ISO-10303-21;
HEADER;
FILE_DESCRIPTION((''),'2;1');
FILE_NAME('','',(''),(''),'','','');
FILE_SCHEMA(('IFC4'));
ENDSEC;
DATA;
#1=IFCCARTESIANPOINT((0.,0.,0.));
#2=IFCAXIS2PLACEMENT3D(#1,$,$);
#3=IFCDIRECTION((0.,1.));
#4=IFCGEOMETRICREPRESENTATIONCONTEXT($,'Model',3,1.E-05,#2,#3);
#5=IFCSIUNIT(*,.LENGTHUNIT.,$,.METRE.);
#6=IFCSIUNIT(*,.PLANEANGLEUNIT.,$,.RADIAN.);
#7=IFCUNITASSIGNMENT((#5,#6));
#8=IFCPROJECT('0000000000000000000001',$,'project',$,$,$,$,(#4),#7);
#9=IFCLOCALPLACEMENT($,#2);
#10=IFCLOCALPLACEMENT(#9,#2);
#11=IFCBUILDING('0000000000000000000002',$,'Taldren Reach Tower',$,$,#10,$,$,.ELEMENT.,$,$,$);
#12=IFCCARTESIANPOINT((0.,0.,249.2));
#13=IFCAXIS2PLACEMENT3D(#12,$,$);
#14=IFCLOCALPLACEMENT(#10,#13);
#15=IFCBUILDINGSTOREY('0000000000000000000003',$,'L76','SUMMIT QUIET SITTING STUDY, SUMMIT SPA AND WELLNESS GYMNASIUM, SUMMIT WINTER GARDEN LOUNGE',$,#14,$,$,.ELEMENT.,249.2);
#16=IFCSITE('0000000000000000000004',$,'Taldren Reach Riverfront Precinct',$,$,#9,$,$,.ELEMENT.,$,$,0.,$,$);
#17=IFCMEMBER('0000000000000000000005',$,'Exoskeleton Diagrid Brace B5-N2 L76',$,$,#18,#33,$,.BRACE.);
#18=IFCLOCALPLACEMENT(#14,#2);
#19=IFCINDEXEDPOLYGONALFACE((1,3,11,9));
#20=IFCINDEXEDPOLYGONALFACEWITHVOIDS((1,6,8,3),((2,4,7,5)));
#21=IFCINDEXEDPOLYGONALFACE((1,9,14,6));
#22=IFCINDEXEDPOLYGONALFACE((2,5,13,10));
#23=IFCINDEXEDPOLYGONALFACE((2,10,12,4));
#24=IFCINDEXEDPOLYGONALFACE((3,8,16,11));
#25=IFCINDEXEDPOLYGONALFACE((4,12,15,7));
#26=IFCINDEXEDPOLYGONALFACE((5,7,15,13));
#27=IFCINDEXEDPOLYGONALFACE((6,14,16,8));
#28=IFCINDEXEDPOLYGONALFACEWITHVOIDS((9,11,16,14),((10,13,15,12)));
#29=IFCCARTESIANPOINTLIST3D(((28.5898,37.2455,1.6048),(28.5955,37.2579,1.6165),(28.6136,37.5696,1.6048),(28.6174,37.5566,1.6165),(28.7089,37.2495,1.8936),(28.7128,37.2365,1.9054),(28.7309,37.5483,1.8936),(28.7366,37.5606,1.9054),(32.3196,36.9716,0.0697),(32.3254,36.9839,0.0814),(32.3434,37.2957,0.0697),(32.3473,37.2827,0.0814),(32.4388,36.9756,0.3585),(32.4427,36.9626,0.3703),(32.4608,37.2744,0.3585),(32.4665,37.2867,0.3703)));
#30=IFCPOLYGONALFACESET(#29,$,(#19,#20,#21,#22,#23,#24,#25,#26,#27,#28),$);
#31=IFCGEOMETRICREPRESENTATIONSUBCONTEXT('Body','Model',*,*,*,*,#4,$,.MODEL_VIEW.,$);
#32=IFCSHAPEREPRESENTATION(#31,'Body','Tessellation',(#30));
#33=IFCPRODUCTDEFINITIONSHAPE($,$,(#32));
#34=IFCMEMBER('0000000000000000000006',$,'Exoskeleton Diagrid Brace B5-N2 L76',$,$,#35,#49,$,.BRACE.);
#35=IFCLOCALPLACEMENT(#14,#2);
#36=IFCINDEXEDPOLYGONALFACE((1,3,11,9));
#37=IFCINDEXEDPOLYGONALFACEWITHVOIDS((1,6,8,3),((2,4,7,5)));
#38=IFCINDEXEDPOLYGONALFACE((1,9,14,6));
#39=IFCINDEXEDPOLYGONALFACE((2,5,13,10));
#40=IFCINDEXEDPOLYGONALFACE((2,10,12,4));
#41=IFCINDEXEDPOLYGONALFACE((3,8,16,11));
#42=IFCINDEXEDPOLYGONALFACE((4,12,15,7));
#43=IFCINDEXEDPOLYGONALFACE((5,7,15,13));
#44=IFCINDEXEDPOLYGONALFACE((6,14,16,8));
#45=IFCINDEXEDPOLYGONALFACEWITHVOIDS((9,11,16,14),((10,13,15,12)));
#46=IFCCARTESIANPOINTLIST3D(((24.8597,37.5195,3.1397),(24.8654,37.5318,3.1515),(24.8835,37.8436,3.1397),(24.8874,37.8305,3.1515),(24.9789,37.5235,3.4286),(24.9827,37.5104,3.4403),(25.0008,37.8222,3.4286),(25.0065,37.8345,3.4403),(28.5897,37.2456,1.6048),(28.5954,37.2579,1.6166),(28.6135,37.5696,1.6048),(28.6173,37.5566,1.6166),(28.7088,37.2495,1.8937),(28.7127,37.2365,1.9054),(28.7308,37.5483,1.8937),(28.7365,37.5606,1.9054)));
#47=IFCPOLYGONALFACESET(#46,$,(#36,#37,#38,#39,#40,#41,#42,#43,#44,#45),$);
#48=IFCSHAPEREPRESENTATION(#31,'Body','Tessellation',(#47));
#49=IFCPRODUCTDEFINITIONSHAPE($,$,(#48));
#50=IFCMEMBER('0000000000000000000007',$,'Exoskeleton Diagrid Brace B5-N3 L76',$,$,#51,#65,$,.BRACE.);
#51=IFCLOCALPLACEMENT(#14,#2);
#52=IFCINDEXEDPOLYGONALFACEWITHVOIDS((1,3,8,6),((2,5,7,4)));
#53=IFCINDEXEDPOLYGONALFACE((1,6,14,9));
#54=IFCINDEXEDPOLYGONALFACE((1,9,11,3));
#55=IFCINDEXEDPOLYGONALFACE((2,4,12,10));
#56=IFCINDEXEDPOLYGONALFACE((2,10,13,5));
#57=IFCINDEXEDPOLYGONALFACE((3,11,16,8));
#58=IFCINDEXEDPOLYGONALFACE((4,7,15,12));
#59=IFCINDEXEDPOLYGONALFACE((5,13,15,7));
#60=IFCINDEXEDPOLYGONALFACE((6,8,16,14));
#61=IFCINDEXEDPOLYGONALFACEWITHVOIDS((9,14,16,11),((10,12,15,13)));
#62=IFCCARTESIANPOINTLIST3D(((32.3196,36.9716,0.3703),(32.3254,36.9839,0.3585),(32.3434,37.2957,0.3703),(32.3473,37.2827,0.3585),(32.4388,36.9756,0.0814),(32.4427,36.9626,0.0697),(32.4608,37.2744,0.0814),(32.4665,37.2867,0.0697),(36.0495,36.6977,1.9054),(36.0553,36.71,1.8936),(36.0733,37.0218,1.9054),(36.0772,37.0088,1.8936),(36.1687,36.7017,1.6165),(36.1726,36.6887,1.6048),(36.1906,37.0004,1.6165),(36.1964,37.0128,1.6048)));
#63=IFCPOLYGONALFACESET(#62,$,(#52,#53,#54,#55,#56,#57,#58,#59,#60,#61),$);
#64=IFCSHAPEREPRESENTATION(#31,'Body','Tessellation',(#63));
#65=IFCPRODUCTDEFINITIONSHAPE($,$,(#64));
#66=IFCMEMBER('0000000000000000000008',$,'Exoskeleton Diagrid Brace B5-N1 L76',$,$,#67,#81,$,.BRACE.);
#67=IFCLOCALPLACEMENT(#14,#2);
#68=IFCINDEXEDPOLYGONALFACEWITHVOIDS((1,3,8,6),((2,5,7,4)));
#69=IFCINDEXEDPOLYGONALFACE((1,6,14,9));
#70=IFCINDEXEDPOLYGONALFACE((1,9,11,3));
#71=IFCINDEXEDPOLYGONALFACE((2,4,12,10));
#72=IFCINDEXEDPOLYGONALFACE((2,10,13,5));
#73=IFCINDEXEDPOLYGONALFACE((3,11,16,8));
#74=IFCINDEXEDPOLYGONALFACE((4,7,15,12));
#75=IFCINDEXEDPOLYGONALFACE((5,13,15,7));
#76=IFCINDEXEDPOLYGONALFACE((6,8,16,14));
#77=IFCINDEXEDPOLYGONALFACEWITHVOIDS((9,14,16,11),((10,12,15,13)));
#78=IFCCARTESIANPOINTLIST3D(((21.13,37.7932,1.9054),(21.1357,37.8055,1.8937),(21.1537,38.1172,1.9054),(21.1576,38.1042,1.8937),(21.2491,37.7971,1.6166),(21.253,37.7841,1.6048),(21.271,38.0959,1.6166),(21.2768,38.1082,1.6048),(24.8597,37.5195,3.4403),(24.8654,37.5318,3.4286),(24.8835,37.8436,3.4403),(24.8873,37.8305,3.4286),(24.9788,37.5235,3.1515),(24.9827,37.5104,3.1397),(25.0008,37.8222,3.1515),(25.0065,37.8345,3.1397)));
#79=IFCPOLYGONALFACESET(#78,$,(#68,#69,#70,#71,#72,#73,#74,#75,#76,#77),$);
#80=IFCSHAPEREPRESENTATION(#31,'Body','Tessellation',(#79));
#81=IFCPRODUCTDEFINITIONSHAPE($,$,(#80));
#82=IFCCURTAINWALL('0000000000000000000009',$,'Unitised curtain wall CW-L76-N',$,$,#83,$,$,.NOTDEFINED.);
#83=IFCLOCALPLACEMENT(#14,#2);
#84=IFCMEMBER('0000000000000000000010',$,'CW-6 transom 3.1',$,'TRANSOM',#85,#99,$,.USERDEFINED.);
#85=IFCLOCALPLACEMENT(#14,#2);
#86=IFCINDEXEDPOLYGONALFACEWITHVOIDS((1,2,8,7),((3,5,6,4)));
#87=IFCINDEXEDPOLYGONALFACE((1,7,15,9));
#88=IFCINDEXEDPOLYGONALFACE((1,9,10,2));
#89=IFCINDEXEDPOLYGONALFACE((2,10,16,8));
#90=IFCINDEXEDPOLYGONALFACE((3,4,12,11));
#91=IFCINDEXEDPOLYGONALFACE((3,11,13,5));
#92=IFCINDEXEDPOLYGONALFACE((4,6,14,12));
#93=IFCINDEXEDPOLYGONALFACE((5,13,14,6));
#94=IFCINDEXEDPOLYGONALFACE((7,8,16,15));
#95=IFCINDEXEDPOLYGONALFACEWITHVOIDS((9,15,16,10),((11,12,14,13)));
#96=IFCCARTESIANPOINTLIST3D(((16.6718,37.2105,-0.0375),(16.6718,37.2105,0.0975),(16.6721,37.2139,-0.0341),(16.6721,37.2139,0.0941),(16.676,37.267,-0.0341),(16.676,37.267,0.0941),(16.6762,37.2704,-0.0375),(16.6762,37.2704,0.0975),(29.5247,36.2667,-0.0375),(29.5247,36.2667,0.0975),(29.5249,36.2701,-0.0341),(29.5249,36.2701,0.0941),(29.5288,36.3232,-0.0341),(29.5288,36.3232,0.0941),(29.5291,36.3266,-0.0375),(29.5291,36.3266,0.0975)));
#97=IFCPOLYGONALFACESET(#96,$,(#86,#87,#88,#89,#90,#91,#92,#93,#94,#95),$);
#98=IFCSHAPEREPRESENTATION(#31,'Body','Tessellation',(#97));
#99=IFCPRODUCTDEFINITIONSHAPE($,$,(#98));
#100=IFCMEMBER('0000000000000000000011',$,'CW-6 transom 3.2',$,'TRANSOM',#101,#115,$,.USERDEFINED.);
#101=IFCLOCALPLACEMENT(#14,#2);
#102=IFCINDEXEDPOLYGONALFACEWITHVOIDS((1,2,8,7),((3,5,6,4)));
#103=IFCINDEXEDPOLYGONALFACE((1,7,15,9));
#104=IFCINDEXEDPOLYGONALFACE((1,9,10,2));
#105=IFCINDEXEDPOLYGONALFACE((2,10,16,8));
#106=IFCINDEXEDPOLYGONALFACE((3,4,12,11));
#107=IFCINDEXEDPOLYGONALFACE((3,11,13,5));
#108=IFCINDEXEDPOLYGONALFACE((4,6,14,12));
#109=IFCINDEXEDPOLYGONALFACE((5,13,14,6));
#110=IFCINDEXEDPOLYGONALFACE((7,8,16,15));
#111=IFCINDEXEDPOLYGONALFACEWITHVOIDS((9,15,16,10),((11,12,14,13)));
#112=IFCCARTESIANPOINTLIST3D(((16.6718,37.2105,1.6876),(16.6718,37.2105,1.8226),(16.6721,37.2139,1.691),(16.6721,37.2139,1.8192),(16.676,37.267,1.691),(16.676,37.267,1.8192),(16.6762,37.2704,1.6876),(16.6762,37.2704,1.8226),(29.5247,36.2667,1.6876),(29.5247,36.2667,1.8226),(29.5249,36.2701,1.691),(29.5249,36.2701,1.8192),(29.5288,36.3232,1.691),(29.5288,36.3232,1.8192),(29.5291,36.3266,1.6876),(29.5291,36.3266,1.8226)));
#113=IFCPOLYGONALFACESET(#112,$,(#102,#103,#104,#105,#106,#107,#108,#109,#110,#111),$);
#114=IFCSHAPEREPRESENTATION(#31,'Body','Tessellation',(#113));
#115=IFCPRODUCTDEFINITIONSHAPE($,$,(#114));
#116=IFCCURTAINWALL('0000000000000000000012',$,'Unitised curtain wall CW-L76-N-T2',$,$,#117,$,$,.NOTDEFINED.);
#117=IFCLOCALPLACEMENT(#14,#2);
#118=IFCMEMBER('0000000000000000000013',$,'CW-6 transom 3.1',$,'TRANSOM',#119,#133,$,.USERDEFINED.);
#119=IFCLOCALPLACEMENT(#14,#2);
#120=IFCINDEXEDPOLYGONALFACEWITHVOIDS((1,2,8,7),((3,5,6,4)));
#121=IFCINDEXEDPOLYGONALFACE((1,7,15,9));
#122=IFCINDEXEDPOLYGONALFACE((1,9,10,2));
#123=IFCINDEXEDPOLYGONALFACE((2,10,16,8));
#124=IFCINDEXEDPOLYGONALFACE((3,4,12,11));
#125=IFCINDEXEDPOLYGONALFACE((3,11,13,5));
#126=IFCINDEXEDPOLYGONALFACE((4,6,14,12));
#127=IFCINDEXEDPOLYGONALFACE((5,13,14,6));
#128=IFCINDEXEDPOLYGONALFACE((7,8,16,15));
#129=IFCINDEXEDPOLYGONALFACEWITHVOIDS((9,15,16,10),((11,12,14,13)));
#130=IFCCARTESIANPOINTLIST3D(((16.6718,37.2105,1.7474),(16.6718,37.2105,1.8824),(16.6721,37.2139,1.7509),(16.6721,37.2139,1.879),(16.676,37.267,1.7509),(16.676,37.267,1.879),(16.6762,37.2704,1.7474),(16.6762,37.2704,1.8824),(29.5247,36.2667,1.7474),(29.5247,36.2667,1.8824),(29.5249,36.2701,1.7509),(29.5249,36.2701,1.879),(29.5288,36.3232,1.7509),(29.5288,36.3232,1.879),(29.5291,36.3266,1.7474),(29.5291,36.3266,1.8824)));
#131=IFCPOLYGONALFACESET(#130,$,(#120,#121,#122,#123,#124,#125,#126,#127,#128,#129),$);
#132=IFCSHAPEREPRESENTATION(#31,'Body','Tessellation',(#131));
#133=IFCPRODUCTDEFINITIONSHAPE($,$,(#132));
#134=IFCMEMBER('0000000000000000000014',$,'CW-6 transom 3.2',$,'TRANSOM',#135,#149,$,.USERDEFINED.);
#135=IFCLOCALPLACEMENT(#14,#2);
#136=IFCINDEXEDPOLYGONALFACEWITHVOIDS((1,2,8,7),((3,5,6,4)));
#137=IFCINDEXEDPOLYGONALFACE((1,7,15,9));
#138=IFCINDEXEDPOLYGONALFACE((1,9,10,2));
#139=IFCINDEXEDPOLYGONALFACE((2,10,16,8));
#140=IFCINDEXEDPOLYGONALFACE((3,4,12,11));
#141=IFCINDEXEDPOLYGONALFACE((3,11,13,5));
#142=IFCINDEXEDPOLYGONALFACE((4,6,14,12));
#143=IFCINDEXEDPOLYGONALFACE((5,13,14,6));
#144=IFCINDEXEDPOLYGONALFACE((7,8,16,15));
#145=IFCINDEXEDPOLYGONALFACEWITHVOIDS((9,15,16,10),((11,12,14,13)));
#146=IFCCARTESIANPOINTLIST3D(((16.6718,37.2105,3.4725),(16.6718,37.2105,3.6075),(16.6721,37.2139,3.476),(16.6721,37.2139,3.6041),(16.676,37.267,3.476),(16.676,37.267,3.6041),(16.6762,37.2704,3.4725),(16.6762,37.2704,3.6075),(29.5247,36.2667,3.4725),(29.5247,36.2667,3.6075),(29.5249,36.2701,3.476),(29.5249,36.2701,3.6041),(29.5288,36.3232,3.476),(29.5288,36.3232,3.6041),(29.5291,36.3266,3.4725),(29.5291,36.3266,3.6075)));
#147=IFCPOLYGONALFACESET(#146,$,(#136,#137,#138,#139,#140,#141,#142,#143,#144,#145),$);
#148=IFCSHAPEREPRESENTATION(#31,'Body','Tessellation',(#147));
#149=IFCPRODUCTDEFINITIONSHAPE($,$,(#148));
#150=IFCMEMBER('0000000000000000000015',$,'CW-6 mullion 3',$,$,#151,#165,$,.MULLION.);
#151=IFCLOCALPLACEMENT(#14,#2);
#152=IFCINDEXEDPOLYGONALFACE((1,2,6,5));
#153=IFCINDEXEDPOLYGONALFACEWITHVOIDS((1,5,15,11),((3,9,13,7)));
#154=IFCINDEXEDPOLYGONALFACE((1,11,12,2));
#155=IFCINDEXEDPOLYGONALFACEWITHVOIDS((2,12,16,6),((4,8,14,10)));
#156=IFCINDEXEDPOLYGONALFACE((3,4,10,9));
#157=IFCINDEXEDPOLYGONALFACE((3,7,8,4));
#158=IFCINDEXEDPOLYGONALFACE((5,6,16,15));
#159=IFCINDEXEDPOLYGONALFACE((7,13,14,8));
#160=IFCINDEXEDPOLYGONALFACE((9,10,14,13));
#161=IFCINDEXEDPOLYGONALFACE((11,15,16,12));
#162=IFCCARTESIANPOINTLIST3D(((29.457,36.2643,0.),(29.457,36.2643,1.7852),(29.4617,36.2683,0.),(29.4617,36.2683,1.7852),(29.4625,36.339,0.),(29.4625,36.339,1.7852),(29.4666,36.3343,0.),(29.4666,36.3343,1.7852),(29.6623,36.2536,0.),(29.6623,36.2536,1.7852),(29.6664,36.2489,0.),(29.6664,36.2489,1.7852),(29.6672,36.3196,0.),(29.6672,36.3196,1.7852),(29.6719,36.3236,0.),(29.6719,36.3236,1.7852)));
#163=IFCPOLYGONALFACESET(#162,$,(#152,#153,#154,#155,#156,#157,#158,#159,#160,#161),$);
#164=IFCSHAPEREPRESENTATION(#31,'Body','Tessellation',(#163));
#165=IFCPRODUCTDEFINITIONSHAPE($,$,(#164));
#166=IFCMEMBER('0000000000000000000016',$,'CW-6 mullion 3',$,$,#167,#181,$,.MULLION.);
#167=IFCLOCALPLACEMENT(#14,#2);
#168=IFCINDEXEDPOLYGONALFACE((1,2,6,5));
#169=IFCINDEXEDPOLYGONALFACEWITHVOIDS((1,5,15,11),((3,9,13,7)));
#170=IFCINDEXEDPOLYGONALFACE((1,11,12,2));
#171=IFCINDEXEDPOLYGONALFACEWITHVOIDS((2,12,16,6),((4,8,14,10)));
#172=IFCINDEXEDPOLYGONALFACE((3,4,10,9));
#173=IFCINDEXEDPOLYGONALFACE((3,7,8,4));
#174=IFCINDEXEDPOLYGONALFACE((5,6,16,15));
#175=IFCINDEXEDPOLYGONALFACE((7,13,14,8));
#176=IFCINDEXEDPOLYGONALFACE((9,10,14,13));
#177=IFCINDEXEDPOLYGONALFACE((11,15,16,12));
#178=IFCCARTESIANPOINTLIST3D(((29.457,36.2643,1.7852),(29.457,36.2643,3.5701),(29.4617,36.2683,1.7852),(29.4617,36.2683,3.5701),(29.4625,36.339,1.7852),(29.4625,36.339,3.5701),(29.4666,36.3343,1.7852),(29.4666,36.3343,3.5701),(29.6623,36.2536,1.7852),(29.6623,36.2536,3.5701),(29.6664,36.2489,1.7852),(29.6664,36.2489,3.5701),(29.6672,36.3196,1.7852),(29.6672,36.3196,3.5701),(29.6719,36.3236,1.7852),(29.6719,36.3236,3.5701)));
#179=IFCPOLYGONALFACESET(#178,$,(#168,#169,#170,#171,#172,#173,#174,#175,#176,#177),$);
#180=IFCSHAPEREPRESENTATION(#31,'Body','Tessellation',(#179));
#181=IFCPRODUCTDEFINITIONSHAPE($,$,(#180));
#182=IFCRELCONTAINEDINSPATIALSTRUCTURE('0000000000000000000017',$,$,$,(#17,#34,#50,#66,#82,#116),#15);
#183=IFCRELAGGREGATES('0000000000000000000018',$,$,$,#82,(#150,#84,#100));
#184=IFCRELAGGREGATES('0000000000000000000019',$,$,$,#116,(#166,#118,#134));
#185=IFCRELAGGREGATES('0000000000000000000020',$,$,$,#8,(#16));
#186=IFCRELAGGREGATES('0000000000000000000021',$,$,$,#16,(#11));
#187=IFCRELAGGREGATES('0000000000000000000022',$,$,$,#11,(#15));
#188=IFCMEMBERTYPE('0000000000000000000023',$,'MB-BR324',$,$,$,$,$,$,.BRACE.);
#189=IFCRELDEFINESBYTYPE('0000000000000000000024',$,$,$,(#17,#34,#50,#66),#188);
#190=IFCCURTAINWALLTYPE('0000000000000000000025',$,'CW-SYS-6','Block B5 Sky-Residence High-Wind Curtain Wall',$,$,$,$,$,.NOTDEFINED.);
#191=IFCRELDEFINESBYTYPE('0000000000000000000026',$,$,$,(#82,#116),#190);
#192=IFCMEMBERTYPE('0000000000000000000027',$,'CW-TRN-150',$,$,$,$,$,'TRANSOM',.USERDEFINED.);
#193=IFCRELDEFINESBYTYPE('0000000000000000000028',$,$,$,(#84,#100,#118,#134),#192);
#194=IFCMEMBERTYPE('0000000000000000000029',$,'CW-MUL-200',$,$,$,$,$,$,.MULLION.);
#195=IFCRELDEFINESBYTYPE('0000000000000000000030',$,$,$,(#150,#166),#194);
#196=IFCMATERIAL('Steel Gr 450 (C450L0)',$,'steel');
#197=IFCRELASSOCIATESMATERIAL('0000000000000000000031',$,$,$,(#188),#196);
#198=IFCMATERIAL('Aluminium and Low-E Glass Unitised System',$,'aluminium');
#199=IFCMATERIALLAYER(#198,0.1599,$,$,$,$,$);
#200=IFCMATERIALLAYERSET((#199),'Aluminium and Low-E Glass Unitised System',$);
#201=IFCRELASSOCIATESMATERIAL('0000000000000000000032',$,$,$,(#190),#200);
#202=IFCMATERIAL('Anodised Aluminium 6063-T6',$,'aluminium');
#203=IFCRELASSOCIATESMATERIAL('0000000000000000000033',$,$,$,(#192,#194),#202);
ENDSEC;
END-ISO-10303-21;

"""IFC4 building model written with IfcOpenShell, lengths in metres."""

from ifc_helpers import new_model, si_unit, direction, frame, origin, origin_2d, place, context, subcontext, project, spatial, hollow_rectangle, extrude, source, transform, mapped, material, layer, layer_set, material_profile, profile_set, type_object, element, aggregate, save


model = new_model("IFC4")

# Units and contexts
model_context = context("Model", 3, precision=1e-05, world=origin(), true_north=direction((0.0, 1.0)))
body_context = subcontext(model_context, "Body", "Model", "MODEL_VIEW")
ifc_project = project(units=[si_unit("LENGTHUNIT", "METRE"), si_unit("PLANEANGLEUNIT", "RADIAN")], contexts=[model_context])

# Site, building, storey
site_placement = place(None, origin())
site = spatial("IfcSite", under=ifc_project, at=site_placement, Name="Taldren Reach Riverfront Precinct", CompositionType="ELEMENT", RefElevation=0.0)
building_placement = place(site_placement, origin())
building = spatial("IfcBuilding", under=site, at=building_placement, Name="Taldren Reach Tower", CompositionType="ELEMENT")
storey_placement = place(building_placement, frame((0.0, 0.0, 249.2)))
storey = spatial("IfcBuildingStorey", under=building, at=storey_placement, Name="L76", Description="SUMMIT QUIET SITTING STUDY, SUMMIT SPA AND WELLNESS GYMNASIUM, SUMMIT WINTER GARDEN LOUNGE", CompositionType="ELEMENT", Elevation=249.2)

# Shared definitions
ifc_material_1 = material(Name="Steel Gr 450 (C450L0)", Category="steel")

# Members
ifc_material_profile_1 = material_profile(ifc_material_1, hollow_rectangle(XDim=0.325, YDim=0.325, WallThickness=0.0127, at=origin_2d()), Name="325x325x12.7SHS")
ifc_profile_set_1 = profile_set([ifc_material_profile_1], Name="Steel Gr 450 (C450L0)")
member_type_1 = type_object("IfcMemberType", Name="MB-BR324", PredefinedType="BRACE", material=ifc_profile_set_1)
shared_shape_1 = source(origin(), body_context, "Body", "SweptSolid", [
    extrude(hollow_rectangle(XDim=0.325, YDim=0.325, WallThickness=0.0127, at=origin_2d()), origin(), (0.0, 0.0, 1.0), 4.0427),
])
for number, where, z_axis, x_axis, name in (
    (1, (32.3931, 37.1292, 0.22), (-0.922616, 0.067756, 0.379723), (-0.073242, -0.997314, 0.0), "Exoskeleton Diagrid Brace B5-N2 L76"),
    (2, (28.6631, 37.4031, 1.7551), (-0.922637, 0.067757, 0.379671), (-0.073242, -0.997314, 0.0), "Exoskeleton Diagrid Brace B5-N2 L76"),
    (3, (32.3931, 37.1292, 0.22), (0.922616, -0.067756, 0.379723), (0.073242, 0.997314, 0.0), "Exoskeleton Diagrid Brace B5-N3 L76"),
):
    element("IfcMember", number, at=place(storey_placement, frame(where, z_axis=z_axis, x_axis=x_axis)), inside=storey, type_object=member_type_1, Name=name, PredefinedType="BRACE", context=body_context, shape_type="MappedRepresentation", body=[
        mapped(shared_shape_1, transform((0.0, 0.0, 0.0), scale=1.0)),
    ])
shared_shape_2 = source(origin(), body_context, "Body", "SweptSolid", [
    extrude(hollow_rectangle(XDim=0.325, YDim=0.325, WallThickness=0.0127, at=origin_2d()), origin(), (0.0, 0.0, 1.0), 4.0425),
])
member_1_placement = place(storey_placement, frame((21.2034, 37.9507, 1.7551), z_axis=(0.922632, -0.067701, 0.379694), x_axis=(0.073182, 0.997319, 0.0)))
element("IfcMember", 4, at=member_1_placement, inside=storey, type_object=member_type_1, Name="Exoskeleton Diagrid Brace B5-N1 L76", PredefinedType="BRACE", context=body_context, shape_type="MappedRepresentation", body=[
    mapped(shared_shape_2, transform((0.0, 0.0, 0.0), scale=1.0)),
])

# Curtain walls, members
ifc_material_2 = material(Name="Aluminium and Low-E Glass Unitised System", Category="aluminium")
ifc_layer_1 = layer(ifc_material_2, 0.1599)
ifc_layer_set_1 = layer_set([ifc_layer_1], Name="Aluminium and Low-E Glass Unitised System")
curtain_wall_type = type_object("IfcCurtainWallType", Name="CW-SYS-6", Description="Block B5 Sky-Residence High-Wind Curtain Wall", PredefinedType="NOTDEFINED", material=ifc_layer_set_1)
curtain_wall_1_placement = place(storey_placement, origin())
curtain_wall_1 = element("IfcCurtainWall", 5, at=curtain_wall_1_placement, inside=storey, type_object=curtain_wall_type, Name="Unitised curtain wall CW-L76-N", PredefinedType="NOTDEFINED")
ifc_material_3 = material(Name="Anodised Aluminium 6063-T6", Category="aluminium")
ifc_material_profile_2 = material_profile(ifc_material_3, hollow_rectangle(XDim=0.0601, YDim=0.135, WallThickness=0.0034, at=origin_2d()), Name="ALU-135x60x3.5RHS")
ifc_profile_set_2 = profile_set([ifc_material_profile_2], Name="Anodised Aluminium 6063-T6")
member_type_2 = type_object("IfcMemberType", Name="CW-TRN-150", ElementType="TRANSOM", PredefinedType="USERDEFINED", material=ifc_profile_set_2)
shared_shape_3 = source(origin(), body_context, "Body", "SweptSolid", [
    extrude(hollow_rectangle(XDim=0.0601, YDim=0.135, WallThickness=0.0034, at=origin_2d()), origin(), (0.0, 0.0, 1.0), 12.8875),
])
member_2_placement = place(storey_placement, frame((29.5269, 36.2966, 0.03), z_axis=(-0.997314, 0.073238, 0.0), x_axis=(-0.073238, -0.997314, 0.0)))
member_2 = element("IfcMember", 6, at=member_2_placement, type_object=member_type_2, Name="CW-6 transom 3.1", ObjectType="TRANSOM", PredefinedType="USERDEFINED", context=body_context, shape_type="MappedRepresentation", body=[
    mapped(shared_shape_3, transform((0.0, 0.0, 0.0), scale=1.0)),
])
member_3_placement = place(storey_placement, frame((29.5269, 36.2966, 1.7551), z_axis=(-0.997314, 0.073238, 0.0), x_axis=(-0.073238, -0.997314, 0.0)))
member_3 = element("IfcMember", 7, at=member_3_placement, type_object=member_type_2, Name="CW-6 transom 3.2", ObjectType="TRANSOM", PredefinedType="USERDEFINED", context=body_context, shape_type="MappedRepresentation", body=[
    mapped(shared_shape_3, transform((0.0, 0.0, 0.0), scale=1.0)),
])
curtain_wall_2_placement = place(storey_placement, origin())
curtain_wall_2 = element("IfcCurtainWall", 8, at=curtain_wall_2_placement, inside=storey, type_object=curtain_wall_type, Name="Unitised curtain wall CW-L76-N-T2", PredefinedType="NOTDEFINED")
member_4_placement = place(storey_placement, frame((29.5269, 36.2966, 1.8149), z_axis=(-0.997314, 0.073238, 0.0), x_axis=(-0.073238, -0.997314, 0.0)))
member_4 = element("IfcMember", 9, at=member_4_placement, type_object=member_type_2, Name="CW-6 transom 3.1", ObjectType="TRANSOM", PredefinedType="USERDEFINED", context=body_context, shape_type="MappedRepresentation", body=[
    mapped(shared_shape_3, transform((0.0, 0.0, 0.0), scale=1.0)),
])
member_5_placement = place(storey_placement, frame((29.5269, 36.2966, 3.54), z_axis=(-0.997314, 0.073238, 0.0), x_axis=(-0.073238, -0.997314, 0.0)))
member_5 = element("IfcMember", 10, at=member_5_placement, type_object=member_type_2, Name="CW-6 transom 3.2", ObjectType="TRANSOM", PredefinedType="USERDEFINED", context=body_context, shape_type="MappedRepresentation", body=[
    mapped(shared_shape_3, transform((0.0, 0.0, 0.0), scale=1.0)),
])

# Members
ifc_material_profile_3 = material_profile(ifc_material_3, hollow_rectangle(XDim=0.075, YDim=0.21, WallThickness=0.0044, at=origin_2d()), Name="ALU-210x75x4.5RHS")
ifc_profile_set_3 = profile_set([ifc_material_profile_3], Name="Anodised Aluminium 6063-T6")
member_type_3 = type_object("IfcMemberType", Name="CW-MUL-200", PredefinedType="MULLION", material=ifc_profile_set_3)
shared_shape_4 = source(origin(), body_context, "Body", "SweptSolid", [
    extrude(hollow_rectangle(XDim=0.075, YDim=0.21, WallThickness=0.0044, at=origin_2d()), origin(), (0.0, 0.0, 1.0), 1.7852),
])
member_6_placement = place(storey_placement, frame((29.5645, 36.2939, 0.0), z_axis=(0.0, 0.0, 1.0), x_axis=(-0.073238, -0.997314, 0.0)))
member_6 = element("IfcMember", 11, at=member_6_placement, type_object=member_type_3, Name="CW-6 mullion 3", PredefinedType="MULLION", context=body_context, shape_type="MappedRepresentation", body=[
    mapped(shared_shape_4, transform((0.0, 0.0, 0.0), scale=1.0)),
])
shared_shape_5 = source(origin(), body_context, "Body", "SweptSolid", [
    extrude(hollow_rectangle(XDim=0.075, YDim=0.21, WallThickness=0.0044, at=origin_2d()), origin(), (0.0, 0.0, 1.0), 1.7849),
])
member_7_placement = place(storey_placement, frame((29.5645, 36.2939, 1.7852), z_axis=(0.0, 0.0, 1.0), x_axis=(-0.073238, -0.997314, 0.0)))
member_7 = element("IfcMember", 12, at=member_7_placement, type_object=member_type_3, Name="CW-6 mullion 3", PredefinedType="MULLION", context=body_context, shape_type="MappedRepresentation", body=[
    mapped(shared_shape_5, transform((0.0, 0.0, 0.0), scale=1.0)),
])

aggregate(curtain_wall_1, [member_6, member_2, member_3])
aggregate(curtain_wall_2, [member_7, member_4, member_5])

save(model, "model.ifc")
